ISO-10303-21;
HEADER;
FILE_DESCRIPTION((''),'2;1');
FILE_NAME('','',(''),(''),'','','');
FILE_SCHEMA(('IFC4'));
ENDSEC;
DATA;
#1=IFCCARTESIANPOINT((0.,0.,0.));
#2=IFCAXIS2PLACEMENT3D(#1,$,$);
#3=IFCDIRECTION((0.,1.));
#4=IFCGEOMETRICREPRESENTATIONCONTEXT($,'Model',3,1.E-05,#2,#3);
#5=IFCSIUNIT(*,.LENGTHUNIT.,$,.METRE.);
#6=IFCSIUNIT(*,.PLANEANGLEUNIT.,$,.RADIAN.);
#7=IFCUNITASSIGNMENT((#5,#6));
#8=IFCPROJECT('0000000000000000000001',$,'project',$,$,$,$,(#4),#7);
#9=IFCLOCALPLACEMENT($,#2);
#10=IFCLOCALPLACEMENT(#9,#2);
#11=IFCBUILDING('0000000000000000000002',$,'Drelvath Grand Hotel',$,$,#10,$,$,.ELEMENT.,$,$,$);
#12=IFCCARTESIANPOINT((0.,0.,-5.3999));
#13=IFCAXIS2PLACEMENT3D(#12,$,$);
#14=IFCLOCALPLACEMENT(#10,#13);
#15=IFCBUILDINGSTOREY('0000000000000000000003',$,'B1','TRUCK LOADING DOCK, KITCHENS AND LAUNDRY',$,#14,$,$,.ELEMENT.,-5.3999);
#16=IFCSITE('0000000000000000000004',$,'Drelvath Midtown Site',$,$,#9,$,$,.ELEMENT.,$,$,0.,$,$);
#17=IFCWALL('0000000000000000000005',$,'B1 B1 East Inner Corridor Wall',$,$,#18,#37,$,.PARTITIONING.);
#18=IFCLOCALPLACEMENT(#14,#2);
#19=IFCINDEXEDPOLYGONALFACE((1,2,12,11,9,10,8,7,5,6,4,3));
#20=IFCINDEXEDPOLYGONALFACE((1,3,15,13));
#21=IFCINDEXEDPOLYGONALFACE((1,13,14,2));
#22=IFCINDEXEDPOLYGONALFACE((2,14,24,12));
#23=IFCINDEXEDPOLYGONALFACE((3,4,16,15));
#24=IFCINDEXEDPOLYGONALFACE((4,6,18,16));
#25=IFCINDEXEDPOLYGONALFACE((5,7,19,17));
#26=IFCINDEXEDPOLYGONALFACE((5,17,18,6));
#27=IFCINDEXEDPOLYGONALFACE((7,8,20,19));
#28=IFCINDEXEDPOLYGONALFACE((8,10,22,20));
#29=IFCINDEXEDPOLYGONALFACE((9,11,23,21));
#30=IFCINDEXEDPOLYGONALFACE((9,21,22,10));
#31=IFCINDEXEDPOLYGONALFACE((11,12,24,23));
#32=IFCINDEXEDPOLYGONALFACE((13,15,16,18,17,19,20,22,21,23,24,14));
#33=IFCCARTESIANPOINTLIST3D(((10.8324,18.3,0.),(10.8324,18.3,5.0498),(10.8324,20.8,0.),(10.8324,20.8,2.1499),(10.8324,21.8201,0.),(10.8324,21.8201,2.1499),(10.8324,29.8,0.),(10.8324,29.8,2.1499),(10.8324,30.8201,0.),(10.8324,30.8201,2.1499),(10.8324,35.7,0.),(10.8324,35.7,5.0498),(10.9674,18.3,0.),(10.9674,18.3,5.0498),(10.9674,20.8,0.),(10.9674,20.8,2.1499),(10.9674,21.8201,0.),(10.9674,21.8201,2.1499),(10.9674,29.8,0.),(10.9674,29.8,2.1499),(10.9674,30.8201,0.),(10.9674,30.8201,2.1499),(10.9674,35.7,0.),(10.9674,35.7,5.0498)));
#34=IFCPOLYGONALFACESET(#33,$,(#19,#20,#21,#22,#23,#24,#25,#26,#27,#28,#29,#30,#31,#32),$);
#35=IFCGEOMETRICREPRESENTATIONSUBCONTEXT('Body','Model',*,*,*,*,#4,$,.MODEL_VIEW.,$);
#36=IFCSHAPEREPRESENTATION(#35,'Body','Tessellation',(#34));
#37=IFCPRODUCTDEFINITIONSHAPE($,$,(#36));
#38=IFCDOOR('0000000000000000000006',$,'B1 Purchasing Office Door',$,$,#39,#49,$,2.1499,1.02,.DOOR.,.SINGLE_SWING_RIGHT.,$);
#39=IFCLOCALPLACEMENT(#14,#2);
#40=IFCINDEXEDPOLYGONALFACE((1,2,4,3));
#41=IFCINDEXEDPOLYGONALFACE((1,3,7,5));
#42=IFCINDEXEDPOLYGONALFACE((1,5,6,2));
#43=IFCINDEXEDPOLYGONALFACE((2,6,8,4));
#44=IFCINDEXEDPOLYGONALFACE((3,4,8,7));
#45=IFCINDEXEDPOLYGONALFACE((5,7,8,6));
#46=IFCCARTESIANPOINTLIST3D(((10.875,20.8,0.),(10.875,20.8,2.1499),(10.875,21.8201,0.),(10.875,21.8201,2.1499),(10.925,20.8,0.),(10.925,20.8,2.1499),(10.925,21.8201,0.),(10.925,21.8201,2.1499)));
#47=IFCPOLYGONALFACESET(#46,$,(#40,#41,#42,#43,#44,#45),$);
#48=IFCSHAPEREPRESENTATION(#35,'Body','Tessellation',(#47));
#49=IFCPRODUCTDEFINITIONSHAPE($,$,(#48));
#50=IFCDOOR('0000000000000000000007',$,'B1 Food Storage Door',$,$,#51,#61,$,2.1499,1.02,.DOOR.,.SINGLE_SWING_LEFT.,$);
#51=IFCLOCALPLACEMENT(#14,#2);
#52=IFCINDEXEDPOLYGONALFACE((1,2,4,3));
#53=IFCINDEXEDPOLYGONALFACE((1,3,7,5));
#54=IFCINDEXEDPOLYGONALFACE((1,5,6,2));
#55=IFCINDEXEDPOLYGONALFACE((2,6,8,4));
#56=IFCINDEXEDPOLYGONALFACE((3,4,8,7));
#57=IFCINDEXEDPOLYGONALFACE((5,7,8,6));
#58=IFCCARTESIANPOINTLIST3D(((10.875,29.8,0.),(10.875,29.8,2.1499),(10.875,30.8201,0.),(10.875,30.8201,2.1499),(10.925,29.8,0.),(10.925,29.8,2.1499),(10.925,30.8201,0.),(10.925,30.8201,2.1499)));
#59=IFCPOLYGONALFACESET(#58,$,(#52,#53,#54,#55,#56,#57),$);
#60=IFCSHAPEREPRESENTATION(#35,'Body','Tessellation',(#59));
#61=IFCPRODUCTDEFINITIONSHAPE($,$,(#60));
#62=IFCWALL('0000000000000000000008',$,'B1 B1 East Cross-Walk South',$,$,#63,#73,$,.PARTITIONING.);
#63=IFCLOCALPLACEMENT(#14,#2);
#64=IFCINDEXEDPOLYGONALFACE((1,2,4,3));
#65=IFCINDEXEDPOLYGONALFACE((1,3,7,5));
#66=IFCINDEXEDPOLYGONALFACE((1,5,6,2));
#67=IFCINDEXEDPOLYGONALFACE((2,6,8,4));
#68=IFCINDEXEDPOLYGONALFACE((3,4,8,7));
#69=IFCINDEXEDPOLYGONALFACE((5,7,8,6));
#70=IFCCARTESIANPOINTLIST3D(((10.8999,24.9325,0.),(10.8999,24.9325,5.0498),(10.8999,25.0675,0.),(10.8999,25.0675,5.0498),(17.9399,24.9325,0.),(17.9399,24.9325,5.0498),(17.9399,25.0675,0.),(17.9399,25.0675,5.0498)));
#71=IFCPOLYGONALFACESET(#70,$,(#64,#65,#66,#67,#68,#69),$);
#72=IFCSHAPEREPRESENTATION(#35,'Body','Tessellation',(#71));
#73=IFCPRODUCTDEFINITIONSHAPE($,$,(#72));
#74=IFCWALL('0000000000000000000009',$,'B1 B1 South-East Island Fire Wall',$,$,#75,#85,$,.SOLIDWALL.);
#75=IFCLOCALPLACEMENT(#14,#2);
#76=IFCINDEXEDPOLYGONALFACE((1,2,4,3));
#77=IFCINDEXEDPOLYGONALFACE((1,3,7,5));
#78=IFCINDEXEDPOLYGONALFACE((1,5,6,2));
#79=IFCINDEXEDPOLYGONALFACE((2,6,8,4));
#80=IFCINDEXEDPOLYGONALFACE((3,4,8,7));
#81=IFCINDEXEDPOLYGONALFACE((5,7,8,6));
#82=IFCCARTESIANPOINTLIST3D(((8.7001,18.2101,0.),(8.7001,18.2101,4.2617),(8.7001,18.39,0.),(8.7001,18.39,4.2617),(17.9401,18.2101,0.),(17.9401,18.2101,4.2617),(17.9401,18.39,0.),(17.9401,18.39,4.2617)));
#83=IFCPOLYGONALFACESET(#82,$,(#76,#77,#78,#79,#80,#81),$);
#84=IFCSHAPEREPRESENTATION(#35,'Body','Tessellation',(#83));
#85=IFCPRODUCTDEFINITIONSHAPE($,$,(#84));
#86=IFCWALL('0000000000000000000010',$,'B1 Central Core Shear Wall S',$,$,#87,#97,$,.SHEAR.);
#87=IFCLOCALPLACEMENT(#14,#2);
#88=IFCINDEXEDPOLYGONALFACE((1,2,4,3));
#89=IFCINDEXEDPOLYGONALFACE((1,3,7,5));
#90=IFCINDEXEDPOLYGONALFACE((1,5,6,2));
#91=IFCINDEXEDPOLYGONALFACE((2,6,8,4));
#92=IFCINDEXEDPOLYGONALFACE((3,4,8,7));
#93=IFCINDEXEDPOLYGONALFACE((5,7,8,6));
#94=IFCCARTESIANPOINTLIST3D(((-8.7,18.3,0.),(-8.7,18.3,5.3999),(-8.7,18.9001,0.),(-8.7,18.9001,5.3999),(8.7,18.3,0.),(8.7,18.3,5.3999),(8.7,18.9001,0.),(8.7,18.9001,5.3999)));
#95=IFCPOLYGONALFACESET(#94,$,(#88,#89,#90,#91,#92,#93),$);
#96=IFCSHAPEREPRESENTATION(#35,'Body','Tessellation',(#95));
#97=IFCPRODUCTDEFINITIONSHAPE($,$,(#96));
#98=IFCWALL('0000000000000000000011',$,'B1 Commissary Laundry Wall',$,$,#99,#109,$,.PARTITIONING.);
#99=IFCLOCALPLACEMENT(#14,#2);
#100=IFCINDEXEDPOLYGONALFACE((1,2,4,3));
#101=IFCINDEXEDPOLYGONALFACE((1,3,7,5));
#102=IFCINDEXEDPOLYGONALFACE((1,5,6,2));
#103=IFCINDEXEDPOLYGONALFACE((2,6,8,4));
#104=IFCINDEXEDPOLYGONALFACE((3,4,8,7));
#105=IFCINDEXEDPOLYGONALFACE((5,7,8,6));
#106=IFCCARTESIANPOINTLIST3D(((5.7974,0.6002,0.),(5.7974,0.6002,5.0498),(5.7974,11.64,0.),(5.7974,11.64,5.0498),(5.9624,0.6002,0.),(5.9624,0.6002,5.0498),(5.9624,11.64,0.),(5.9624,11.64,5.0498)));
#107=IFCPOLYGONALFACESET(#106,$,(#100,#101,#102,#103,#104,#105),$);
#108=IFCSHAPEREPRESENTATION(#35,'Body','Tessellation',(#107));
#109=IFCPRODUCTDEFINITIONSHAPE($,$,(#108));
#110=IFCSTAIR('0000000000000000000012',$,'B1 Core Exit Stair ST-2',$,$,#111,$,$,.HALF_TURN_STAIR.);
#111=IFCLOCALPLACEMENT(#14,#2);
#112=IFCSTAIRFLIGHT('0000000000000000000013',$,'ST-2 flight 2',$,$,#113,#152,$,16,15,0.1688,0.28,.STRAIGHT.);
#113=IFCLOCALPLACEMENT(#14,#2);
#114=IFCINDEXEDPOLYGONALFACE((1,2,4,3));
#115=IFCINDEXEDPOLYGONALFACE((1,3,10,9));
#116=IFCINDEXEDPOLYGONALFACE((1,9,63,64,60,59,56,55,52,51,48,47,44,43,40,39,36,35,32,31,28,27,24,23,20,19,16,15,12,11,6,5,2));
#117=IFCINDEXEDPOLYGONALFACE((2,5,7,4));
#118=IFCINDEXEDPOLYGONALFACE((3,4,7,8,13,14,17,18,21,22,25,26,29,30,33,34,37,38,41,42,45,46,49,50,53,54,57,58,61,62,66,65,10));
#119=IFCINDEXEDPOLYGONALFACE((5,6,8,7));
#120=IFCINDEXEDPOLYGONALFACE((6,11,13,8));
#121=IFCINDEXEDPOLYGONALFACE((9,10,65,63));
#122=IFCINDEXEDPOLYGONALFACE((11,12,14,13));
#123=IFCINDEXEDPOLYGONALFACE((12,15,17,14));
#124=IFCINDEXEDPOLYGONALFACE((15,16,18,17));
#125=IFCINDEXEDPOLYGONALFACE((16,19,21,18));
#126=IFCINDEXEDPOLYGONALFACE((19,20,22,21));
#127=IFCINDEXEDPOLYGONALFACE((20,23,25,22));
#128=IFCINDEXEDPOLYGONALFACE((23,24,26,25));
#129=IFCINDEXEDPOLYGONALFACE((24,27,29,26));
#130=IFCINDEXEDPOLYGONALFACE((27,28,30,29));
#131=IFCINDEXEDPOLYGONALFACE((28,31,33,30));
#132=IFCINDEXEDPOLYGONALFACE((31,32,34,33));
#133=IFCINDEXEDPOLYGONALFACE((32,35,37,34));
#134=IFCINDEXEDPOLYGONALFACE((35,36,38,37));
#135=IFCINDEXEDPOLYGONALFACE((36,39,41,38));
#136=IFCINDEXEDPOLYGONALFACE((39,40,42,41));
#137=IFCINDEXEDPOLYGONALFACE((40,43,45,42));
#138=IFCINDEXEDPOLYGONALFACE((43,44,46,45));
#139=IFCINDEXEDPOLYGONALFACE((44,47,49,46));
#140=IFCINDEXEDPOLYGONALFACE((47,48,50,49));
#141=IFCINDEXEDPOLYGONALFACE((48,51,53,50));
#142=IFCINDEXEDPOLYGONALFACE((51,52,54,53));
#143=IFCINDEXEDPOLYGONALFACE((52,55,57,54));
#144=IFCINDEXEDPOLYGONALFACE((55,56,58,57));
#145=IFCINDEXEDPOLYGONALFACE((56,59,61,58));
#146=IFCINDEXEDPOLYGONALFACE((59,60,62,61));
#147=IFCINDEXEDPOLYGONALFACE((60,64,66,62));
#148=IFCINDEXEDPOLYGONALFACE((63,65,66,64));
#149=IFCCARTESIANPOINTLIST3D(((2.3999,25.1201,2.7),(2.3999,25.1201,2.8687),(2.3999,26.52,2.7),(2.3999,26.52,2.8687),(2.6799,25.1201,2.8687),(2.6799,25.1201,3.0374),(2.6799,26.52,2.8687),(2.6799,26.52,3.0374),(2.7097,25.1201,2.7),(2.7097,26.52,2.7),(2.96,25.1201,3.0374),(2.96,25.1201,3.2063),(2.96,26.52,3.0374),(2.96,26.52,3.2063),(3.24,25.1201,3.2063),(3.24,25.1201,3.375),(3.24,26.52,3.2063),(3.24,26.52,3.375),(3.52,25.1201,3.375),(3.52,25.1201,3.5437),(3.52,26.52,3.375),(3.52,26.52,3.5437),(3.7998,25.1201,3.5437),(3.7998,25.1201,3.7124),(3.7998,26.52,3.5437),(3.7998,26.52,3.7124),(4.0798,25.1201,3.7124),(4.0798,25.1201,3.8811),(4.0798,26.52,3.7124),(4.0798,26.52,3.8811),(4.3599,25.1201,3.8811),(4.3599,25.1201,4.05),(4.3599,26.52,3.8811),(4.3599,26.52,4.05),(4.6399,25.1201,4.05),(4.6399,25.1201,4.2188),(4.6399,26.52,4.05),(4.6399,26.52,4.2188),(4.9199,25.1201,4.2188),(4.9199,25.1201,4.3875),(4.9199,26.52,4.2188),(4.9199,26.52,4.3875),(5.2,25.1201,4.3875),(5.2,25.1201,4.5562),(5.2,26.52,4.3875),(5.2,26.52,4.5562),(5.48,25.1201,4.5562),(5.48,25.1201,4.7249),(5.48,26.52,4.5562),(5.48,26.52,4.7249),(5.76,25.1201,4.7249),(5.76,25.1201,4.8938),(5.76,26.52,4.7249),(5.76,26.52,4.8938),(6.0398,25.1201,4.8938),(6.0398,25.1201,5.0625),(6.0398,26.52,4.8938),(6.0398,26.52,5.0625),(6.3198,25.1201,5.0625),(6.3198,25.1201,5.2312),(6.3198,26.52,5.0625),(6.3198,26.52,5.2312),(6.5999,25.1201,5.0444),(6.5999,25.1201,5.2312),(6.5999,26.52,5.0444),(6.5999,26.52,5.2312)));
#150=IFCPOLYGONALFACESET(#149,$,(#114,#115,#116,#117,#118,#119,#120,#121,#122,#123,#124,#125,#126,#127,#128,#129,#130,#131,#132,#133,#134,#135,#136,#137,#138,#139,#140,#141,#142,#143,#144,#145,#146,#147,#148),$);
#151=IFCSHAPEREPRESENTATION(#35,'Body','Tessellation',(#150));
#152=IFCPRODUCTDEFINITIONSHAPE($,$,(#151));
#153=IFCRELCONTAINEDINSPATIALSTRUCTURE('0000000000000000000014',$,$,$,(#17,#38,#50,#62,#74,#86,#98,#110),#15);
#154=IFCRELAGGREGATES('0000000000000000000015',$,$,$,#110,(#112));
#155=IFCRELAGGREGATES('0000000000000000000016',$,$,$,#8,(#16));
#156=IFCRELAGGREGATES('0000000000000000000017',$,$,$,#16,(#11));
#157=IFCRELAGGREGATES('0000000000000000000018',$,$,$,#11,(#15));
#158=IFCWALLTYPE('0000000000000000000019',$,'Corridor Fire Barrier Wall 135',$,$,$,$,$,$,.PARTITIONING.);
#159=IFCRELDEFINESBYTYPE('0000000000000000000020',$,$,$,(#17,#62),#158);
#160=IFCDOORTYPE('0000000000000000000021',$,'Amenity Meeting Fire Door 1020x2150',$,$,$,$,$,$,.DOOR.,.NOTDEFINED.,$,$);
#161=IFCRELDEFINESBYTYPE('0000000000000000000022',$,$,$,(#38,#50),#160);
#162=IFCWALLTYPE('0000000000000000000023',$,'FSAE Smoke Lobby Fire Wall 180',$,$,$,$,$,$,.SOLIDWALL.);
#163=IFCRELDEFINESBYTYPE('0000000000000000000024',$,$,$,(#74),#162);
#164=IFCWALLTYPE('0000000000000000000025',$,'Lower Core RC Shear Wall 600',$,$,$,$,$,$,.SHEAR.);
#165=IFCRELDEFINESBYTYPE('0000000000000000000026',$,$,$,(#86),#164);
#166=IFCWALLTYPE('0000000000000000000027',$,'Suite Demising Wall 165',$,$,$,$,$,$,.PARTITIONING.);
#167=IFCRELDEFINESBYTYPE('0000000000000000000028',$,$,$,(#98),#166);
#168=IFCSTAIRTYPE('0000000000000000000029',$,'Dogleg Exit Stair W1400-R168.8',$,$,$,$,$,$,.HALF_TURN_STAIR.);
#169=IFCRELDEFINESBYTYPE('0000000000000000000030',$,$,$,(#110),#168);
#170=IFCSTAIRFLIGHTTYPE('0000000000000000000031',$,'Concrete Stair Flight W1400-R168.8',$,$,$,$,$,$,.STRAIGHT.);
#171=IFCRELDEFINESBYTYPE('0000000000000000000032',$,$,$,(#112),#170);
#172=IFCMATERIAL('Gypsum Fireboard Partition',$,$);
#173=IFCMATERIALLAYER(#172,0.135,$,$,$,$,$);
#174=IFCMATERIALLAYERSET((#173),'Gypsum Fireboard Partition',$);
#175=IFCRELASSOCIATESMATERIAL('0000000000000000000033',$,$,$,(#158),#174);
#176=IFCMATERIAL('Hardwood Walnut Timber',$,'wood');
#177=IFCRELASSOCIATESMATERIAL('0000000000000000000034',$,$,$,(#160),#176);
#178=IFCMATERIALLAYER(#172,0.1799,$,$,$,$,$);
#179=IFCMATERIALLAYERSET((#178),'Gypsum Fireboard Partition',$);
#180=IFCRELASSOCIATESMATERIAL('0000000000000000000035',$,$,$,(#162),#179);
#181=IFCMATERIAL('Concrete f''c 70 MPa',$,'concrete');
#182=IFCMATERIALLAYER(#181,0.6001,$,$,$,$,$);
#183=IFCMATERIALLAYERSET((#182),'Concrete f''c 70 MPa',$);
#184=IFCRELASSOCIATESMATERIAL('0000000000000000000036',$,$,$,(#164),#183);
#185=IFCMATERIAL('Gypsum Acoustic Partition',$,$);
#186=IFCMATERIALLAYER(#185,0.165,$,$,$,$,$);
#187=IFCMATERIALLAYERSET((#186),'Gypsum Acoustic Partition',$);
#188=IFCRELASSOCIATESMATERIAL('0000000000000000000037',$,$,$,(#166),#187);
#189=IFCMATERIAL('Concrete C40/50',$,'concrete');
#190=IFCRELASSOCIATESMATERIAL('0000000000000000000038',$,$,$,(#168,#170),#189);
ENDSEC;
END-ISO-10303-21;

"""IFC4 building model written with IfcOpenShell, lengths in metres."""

from ifc_helpers import new_model, si_unit, direction, frame, frame_2d, origin, place, context, subcontext, project, spatial, polyline, rectangle, outline, extrude, material, layer, layer_set, type_object, element, fill, aggregate, save


model = new_model("IFC4")

# Units and contexts
model_context = context("Model", 3, precision=1e-05, world=origin(), true_north=direction((0.0, 1.0)))
body_context = subcontext(model_context, "Body", "Model", "MODEL_VIEW")
ifc_project = project(units=[si_unit("LENGTHUNIT", "METRE"), si_unit("PLANEANGLEUNIT", "RADIAN")], contexts=[model_context])

# Site, building, storey
site_placement = place(None, origin())
site = spatial("IfcSite", under=ifc_project, at=site_placement, Name="Drelvath Midtown Site", CompositionType="ELEMENT", RefElevation=0.0)
building_placement = place(site_placement, origin())
building = spatial("IfcBuilding", under=site, at=building_placement, Name="Drelvath Grand Hotel", CompositionType="ELEMENT")
storey_placement = place(building_placement, frame((0.0, 0.0, -5.3999)))
storey = spatial("IfcBuildingStorey", under=building, at=storey_placement, Name="B1", Description="TRUCK LOADING DOCK, KITCHENS AND LAUNDRY", CompositionType="ELEMENT", Elevation=-5.3999)

# Shared definitions
ifc_material_1 = material(Name="Concrete f'c 70 MPa", Category="concrete")

# Wall, openings, doors
ifc_material_2 = material(Name="Gypsum Fireboard Partition")
ifc_layer_1 = layer(ifc_material_2, 0.135)
ifc_layer_set_1 = layer_set([ifc_layer_1], Name="Gypsum Fireboard Partition")
wall_type_1 = type_object("IfcWallType", Name="Corridor Fire Barrier Wall 135", PredefinedType="PARTITIONING", material=ifc_layer_set_1)
wall_1_placement = place(storey_placement, frame((10.8999, 18.3, 0.0), z_axis=(0.0, 0.0, 1.0), x_axis=(0.0, 1.0, 0.0)))
wall_1 = element("IfcWall", 1, at=wall_1_placement, inside=storey, type_object=wall_type_1, Name="B1 B1 East Inner Corridor Wall", PredefinedType="PARTITIONING", context=body_context, shape_type="SweptSolid", body=[
    extrude(rectangle(XDim=17.3999, YDim=0.135, at=frame_2d((8.7, 0.0))), origin(), (0.0, 0.0, 1.0), 5.0498),
])
opening_1_placement = place(wall_1_placement, frame((2.5, 0.0, 0.0)))
opening_1 = element("IfcOpeningElement", 2, at=opening_1_placement, cuts=wall_1, PredefinedType="OPENING", context=body_context, shape_type="SweptSolid", body=[
    extrude(rectangle(XDim=1.02, YDim=2.1499, at=frame_2d((0.51, 1.075))), frame((0.0, 0.0774, 0.0), z_axis=(0.0, -1.0, 0.0), x_axis=(1.0, 0.0, 0.0)), (0.0, 0.0, 1.0), 0.155),
])
opening_2_placement = place(wall_1_placement, frame((11.5, 0.0, 0.0)))
opening_2 = element("IfcOpeningElement", 3, at=opening_2_placement, cuts=wall_1, PredefinedType="OPENING", context=body_context, shape_type="SweptSolid", body=[
    extrude(rectangle(XDim=1.02, YDim=2.1499, at=frame_2d((0.51, 1.075))), frame((0.0, 0.0774, 0.0), z_axis=(0.0, -1.0, 0.0), x_axis=(1.0, 0.0, 0.0)), (0.0, 0.0, 1.0), 0.155),
])
ifc_material_3 = material(Name="Hardwood Walnut Timber", Category="wood")
door_type = type_object("IfcDoorType", Name="Amenity Meeting Fire Door 1020x2150", OperationType="NOTDEFINED", PredefinedType="DOOR", material=ifc_material_3)
door_1_placement = place(opening_1_placement, origin())
door_1 = element("IfcDoor", 4, at=door_1_placement, inside=storey, type_object=door_type, Name="B1 Purchasing Office Door", OperationType="SINGLE_SWING_RIGHT", OverallHeight=2.1499, OverallWidth=1.02, PredefinedType="DOOR", context=body_context, shape_type="SweptSolid", body=[
    extrude(rectangle(XDim=1.02, YDim=2.1499, at=frame_2d((0.51, 1.075))), frame((0.0, 0.0249, 0.0), z_axis=(0.0, -1.0, 0.0), x_axis=(1.0, 0.0, 0.0)), (0.0, 0.0, 1.0), 0.05),
])
fill(opening_1, door_1)
door_2_placement = place(opening_2_placement, origin())
door_2 = element("IfcDoor", 5, at=door_2_placement, inside=storey, type_object=door_type, Name="B1 Food Storage Door", OperationType="SINGLE_SWING_LEFT", OverallHeight=2.1499, OverallWidth=1.02, PredefinedType="DOOR", context=body_context, shape_type="SweptSolid", body=[
    extrude(rectangle(XDim=1.02, YDim=2.1499, at=frame_2d((0.51, 1.075))), frame((0.0, 0.0249, 0.0), z_axis=(0.0, -1.0, 0.0), x_axis=(1.0, 0.0, 0.0)), (0.0, 0.0, 1.0), 0.05),
])
fill(opening_2, door_2)

# Walls
wall_2_placement = place(storey_placement, frame((10.8999, 25.0, 0.0), z_axis=(0.0, 0.0, 1.0), x_axis=(1.0, 0.0, 0.0)))
element("IfcWall", 6, at=wall_2_placement, inside=storey, type_object=wall_type_1, Name="B1 B1 East Cross-Walk South", PredefinedType="PARTITIONING", context=body_context, shape_type="SweptSolid", body=[
    extrude(rectangle(XDim=7.04, YDim=0.135, at=frame_2d((3.52, 0.0))), origin(), (0.0, 0.0, 1.0), 5.0498),
])
ifc_layer_2 = layer(ifc_material_2, 0.1799)
ifc_layer_set_2 = layer_set([ifc_layer_2], Name="Gypsum Fireboard Partition")
wall_type_2 = type_object("IfcWallType", Name="FSAE Smoke Lobby Fire Wall 180", PredefinedType="SOLIDWALL", material=ifc_layer_set_2)
wall_3_placement = place(storey_placement, frame((8.7, 18.3, 0.0), z_axis=(0.0, 0.0, 1.0), x_axis=(1.0, 0.0, 0.0)))
element("IfcWall", 7, at=wall_3_placement, inside=storey, type_object=wall_type_2, Name="B1 B1 South-East Island Fire Wall", PredefinedType="SOLIDWALL", context=body_context, shape_type="SweptSolid", body=[
    extrude(rectangle(XDim=9.24, YDim=0.1799, at=frame_2d((4.6201, 0.0))), origin(), (0.0, 0.0, 1.0), 4.2617),
])
ifc_layer_3 = layer(ifc_material_1, 0.6001)
ifc_layer_set_3 = layer_set([ifc_layer_3], Name="Concrete f'c 70 MPa")
wall_type_3 = type_object("IfcWallType", Name="Lower Core RC Shear Wall 600", PredefinedType="SHEAR", material=ifc_layer_set_3)
wall_4_placement = place(storey_placement, frame((8.7, 18.6001, 0.0), z_axis=(0.0, 0.0, 1.0), x_axis=(-1.0, 0.0, 0.0)))
element("IfcWall", 8, at=wall_4_placement, inside=storey, type_object=wall_type_3, Name="B1 Central Core Shear Wall S", PredefinedType="SHEAR", context=body_context, shape_type="SweptSolid", body=[
    extrude(rectangle(XDim=17.3999, YDim=0.6001, at=frame_2d((8.7, 0.0))), origin(), (0.0, 0.0, 1.0), 5.3999),
])
ifc_material_4 = material(Name="Gypsum Acoustic Partition")
ifc_layer_4 = layer(ifc_material_4, 0.165)
ifc_layer_set_4 = layer_set([ifc_layer_4], Name="Gypsum Acoustic Partition")
wall_type_4 = type_object("IfcWallType", Name="Suite Demising Wall 165", PredefinedType="PARTITIONING", material=ifc_layer_set_4)
wall_5_placement = place(storey_placement, frame((5.8799, 0.6001, 0.0), z_axis=(0.0, 0.0, 1.0), x_axis=(0.0, 1.0, 0.0)))
element("IfcWall", 9, at=wall_5_placement, inside=storey, type_object=wall_type_4, Name="B1 Commissary Laundry Wall", PredefinedType="PARTITIONING", context=body_context, shape_type="SweptSolid", body=[
    extrude(rectangle(XDim=11.0398, YDim=0.165, at=frame_2d((5.52, 0.0))), origin(), (0.0, 0.0, 1.0), 5.0498),
])

# Stair, stair flight
ifc_material_5 = material(Name="Concrete C40/50", Category="concrete")
stair_type = type_object("IfcStairType", Name="Dogleg Exit Stair W1400-R168.8", PredefinedType="HALF_TURN_STAIR", material=ifc_material_5)
stair_placement = place(storey_placement, origin())
stair = element("IfcStair", 10, at=stair_placement, inside=storey, type_object=stair_type, Name="B1 Core Exit Stair ST-2", PredefinedType="HALF_TURN_STAIR")
stair_flight_type = type_object("IfcStairFlightType", Name="Concrete Stair Flight W1400-R168.8", PredefinedType="STRAIGHT", material=ifc_material_5)
stair_flight_placement = place(storey_placement, frame((2.3999, 25.8201, 2.7), z_axis=(0.0, 0.0, 1.0), x_axis=(1.0, 0.0, 0.0)))
stair_flight = element("IfcStairFlight", 11, at=stair_flight_placement, type_object=stair_flight_type, Name="ST-2 flight 2", NumberOfRisers=16, NumberOfTreads=15, PredefinedType="STRAIGHT", RiserHeight=0.1688, TreadLength=0.28, context=body_context, shape_type="SweptSolid", body=[
    extrude(outline(polyline([(0.0, 0.0), (0.0, 0.1687), (0.28, 0.1687), (0.28, 0.3374), (0.5601, 0.3374), (0.5601, 0.5063), (0.8401, 0.5063), (0.8401, 0.675), (1.1201, 0.675), (1.1201, 0.8438), (1.3999, 0.8438), (1.3999, 1.0125), (1.6799, 1.0125), (1.6799, 1.1812), (1.96, 1.1812), (1.96, 1.3501), (2.24, 1.3501), (2.24, 1.5188), (2.52, 1.5188), (2.52, 1.6875), (2.8, 1.6875), (2.8, 1.8562), (3.0801, 1.8562), (3.0801, 2.0249), (3.3601, 2.0249), (3.3601, 2.1938), (3.6399, 2.1938), (3.6399, 2.3625), (3.9199, 2.3625), (3.9199, 2.5312), (4.2, 2.5312), (4.2, 2.7), (4.2, 2.3445), (0.3098, 0.0), (0.0, 0.0)])), frame((0.0, 0.7, 0.0), z_axis=(0.0, -1.0, 0.0), x_axis=(1.0, 0.0, 0.0)), (0.0, 0.0, 1.0), 1.3999),
])
aggregate(stair, [stair_flight])

save(model, "model.ifc")
